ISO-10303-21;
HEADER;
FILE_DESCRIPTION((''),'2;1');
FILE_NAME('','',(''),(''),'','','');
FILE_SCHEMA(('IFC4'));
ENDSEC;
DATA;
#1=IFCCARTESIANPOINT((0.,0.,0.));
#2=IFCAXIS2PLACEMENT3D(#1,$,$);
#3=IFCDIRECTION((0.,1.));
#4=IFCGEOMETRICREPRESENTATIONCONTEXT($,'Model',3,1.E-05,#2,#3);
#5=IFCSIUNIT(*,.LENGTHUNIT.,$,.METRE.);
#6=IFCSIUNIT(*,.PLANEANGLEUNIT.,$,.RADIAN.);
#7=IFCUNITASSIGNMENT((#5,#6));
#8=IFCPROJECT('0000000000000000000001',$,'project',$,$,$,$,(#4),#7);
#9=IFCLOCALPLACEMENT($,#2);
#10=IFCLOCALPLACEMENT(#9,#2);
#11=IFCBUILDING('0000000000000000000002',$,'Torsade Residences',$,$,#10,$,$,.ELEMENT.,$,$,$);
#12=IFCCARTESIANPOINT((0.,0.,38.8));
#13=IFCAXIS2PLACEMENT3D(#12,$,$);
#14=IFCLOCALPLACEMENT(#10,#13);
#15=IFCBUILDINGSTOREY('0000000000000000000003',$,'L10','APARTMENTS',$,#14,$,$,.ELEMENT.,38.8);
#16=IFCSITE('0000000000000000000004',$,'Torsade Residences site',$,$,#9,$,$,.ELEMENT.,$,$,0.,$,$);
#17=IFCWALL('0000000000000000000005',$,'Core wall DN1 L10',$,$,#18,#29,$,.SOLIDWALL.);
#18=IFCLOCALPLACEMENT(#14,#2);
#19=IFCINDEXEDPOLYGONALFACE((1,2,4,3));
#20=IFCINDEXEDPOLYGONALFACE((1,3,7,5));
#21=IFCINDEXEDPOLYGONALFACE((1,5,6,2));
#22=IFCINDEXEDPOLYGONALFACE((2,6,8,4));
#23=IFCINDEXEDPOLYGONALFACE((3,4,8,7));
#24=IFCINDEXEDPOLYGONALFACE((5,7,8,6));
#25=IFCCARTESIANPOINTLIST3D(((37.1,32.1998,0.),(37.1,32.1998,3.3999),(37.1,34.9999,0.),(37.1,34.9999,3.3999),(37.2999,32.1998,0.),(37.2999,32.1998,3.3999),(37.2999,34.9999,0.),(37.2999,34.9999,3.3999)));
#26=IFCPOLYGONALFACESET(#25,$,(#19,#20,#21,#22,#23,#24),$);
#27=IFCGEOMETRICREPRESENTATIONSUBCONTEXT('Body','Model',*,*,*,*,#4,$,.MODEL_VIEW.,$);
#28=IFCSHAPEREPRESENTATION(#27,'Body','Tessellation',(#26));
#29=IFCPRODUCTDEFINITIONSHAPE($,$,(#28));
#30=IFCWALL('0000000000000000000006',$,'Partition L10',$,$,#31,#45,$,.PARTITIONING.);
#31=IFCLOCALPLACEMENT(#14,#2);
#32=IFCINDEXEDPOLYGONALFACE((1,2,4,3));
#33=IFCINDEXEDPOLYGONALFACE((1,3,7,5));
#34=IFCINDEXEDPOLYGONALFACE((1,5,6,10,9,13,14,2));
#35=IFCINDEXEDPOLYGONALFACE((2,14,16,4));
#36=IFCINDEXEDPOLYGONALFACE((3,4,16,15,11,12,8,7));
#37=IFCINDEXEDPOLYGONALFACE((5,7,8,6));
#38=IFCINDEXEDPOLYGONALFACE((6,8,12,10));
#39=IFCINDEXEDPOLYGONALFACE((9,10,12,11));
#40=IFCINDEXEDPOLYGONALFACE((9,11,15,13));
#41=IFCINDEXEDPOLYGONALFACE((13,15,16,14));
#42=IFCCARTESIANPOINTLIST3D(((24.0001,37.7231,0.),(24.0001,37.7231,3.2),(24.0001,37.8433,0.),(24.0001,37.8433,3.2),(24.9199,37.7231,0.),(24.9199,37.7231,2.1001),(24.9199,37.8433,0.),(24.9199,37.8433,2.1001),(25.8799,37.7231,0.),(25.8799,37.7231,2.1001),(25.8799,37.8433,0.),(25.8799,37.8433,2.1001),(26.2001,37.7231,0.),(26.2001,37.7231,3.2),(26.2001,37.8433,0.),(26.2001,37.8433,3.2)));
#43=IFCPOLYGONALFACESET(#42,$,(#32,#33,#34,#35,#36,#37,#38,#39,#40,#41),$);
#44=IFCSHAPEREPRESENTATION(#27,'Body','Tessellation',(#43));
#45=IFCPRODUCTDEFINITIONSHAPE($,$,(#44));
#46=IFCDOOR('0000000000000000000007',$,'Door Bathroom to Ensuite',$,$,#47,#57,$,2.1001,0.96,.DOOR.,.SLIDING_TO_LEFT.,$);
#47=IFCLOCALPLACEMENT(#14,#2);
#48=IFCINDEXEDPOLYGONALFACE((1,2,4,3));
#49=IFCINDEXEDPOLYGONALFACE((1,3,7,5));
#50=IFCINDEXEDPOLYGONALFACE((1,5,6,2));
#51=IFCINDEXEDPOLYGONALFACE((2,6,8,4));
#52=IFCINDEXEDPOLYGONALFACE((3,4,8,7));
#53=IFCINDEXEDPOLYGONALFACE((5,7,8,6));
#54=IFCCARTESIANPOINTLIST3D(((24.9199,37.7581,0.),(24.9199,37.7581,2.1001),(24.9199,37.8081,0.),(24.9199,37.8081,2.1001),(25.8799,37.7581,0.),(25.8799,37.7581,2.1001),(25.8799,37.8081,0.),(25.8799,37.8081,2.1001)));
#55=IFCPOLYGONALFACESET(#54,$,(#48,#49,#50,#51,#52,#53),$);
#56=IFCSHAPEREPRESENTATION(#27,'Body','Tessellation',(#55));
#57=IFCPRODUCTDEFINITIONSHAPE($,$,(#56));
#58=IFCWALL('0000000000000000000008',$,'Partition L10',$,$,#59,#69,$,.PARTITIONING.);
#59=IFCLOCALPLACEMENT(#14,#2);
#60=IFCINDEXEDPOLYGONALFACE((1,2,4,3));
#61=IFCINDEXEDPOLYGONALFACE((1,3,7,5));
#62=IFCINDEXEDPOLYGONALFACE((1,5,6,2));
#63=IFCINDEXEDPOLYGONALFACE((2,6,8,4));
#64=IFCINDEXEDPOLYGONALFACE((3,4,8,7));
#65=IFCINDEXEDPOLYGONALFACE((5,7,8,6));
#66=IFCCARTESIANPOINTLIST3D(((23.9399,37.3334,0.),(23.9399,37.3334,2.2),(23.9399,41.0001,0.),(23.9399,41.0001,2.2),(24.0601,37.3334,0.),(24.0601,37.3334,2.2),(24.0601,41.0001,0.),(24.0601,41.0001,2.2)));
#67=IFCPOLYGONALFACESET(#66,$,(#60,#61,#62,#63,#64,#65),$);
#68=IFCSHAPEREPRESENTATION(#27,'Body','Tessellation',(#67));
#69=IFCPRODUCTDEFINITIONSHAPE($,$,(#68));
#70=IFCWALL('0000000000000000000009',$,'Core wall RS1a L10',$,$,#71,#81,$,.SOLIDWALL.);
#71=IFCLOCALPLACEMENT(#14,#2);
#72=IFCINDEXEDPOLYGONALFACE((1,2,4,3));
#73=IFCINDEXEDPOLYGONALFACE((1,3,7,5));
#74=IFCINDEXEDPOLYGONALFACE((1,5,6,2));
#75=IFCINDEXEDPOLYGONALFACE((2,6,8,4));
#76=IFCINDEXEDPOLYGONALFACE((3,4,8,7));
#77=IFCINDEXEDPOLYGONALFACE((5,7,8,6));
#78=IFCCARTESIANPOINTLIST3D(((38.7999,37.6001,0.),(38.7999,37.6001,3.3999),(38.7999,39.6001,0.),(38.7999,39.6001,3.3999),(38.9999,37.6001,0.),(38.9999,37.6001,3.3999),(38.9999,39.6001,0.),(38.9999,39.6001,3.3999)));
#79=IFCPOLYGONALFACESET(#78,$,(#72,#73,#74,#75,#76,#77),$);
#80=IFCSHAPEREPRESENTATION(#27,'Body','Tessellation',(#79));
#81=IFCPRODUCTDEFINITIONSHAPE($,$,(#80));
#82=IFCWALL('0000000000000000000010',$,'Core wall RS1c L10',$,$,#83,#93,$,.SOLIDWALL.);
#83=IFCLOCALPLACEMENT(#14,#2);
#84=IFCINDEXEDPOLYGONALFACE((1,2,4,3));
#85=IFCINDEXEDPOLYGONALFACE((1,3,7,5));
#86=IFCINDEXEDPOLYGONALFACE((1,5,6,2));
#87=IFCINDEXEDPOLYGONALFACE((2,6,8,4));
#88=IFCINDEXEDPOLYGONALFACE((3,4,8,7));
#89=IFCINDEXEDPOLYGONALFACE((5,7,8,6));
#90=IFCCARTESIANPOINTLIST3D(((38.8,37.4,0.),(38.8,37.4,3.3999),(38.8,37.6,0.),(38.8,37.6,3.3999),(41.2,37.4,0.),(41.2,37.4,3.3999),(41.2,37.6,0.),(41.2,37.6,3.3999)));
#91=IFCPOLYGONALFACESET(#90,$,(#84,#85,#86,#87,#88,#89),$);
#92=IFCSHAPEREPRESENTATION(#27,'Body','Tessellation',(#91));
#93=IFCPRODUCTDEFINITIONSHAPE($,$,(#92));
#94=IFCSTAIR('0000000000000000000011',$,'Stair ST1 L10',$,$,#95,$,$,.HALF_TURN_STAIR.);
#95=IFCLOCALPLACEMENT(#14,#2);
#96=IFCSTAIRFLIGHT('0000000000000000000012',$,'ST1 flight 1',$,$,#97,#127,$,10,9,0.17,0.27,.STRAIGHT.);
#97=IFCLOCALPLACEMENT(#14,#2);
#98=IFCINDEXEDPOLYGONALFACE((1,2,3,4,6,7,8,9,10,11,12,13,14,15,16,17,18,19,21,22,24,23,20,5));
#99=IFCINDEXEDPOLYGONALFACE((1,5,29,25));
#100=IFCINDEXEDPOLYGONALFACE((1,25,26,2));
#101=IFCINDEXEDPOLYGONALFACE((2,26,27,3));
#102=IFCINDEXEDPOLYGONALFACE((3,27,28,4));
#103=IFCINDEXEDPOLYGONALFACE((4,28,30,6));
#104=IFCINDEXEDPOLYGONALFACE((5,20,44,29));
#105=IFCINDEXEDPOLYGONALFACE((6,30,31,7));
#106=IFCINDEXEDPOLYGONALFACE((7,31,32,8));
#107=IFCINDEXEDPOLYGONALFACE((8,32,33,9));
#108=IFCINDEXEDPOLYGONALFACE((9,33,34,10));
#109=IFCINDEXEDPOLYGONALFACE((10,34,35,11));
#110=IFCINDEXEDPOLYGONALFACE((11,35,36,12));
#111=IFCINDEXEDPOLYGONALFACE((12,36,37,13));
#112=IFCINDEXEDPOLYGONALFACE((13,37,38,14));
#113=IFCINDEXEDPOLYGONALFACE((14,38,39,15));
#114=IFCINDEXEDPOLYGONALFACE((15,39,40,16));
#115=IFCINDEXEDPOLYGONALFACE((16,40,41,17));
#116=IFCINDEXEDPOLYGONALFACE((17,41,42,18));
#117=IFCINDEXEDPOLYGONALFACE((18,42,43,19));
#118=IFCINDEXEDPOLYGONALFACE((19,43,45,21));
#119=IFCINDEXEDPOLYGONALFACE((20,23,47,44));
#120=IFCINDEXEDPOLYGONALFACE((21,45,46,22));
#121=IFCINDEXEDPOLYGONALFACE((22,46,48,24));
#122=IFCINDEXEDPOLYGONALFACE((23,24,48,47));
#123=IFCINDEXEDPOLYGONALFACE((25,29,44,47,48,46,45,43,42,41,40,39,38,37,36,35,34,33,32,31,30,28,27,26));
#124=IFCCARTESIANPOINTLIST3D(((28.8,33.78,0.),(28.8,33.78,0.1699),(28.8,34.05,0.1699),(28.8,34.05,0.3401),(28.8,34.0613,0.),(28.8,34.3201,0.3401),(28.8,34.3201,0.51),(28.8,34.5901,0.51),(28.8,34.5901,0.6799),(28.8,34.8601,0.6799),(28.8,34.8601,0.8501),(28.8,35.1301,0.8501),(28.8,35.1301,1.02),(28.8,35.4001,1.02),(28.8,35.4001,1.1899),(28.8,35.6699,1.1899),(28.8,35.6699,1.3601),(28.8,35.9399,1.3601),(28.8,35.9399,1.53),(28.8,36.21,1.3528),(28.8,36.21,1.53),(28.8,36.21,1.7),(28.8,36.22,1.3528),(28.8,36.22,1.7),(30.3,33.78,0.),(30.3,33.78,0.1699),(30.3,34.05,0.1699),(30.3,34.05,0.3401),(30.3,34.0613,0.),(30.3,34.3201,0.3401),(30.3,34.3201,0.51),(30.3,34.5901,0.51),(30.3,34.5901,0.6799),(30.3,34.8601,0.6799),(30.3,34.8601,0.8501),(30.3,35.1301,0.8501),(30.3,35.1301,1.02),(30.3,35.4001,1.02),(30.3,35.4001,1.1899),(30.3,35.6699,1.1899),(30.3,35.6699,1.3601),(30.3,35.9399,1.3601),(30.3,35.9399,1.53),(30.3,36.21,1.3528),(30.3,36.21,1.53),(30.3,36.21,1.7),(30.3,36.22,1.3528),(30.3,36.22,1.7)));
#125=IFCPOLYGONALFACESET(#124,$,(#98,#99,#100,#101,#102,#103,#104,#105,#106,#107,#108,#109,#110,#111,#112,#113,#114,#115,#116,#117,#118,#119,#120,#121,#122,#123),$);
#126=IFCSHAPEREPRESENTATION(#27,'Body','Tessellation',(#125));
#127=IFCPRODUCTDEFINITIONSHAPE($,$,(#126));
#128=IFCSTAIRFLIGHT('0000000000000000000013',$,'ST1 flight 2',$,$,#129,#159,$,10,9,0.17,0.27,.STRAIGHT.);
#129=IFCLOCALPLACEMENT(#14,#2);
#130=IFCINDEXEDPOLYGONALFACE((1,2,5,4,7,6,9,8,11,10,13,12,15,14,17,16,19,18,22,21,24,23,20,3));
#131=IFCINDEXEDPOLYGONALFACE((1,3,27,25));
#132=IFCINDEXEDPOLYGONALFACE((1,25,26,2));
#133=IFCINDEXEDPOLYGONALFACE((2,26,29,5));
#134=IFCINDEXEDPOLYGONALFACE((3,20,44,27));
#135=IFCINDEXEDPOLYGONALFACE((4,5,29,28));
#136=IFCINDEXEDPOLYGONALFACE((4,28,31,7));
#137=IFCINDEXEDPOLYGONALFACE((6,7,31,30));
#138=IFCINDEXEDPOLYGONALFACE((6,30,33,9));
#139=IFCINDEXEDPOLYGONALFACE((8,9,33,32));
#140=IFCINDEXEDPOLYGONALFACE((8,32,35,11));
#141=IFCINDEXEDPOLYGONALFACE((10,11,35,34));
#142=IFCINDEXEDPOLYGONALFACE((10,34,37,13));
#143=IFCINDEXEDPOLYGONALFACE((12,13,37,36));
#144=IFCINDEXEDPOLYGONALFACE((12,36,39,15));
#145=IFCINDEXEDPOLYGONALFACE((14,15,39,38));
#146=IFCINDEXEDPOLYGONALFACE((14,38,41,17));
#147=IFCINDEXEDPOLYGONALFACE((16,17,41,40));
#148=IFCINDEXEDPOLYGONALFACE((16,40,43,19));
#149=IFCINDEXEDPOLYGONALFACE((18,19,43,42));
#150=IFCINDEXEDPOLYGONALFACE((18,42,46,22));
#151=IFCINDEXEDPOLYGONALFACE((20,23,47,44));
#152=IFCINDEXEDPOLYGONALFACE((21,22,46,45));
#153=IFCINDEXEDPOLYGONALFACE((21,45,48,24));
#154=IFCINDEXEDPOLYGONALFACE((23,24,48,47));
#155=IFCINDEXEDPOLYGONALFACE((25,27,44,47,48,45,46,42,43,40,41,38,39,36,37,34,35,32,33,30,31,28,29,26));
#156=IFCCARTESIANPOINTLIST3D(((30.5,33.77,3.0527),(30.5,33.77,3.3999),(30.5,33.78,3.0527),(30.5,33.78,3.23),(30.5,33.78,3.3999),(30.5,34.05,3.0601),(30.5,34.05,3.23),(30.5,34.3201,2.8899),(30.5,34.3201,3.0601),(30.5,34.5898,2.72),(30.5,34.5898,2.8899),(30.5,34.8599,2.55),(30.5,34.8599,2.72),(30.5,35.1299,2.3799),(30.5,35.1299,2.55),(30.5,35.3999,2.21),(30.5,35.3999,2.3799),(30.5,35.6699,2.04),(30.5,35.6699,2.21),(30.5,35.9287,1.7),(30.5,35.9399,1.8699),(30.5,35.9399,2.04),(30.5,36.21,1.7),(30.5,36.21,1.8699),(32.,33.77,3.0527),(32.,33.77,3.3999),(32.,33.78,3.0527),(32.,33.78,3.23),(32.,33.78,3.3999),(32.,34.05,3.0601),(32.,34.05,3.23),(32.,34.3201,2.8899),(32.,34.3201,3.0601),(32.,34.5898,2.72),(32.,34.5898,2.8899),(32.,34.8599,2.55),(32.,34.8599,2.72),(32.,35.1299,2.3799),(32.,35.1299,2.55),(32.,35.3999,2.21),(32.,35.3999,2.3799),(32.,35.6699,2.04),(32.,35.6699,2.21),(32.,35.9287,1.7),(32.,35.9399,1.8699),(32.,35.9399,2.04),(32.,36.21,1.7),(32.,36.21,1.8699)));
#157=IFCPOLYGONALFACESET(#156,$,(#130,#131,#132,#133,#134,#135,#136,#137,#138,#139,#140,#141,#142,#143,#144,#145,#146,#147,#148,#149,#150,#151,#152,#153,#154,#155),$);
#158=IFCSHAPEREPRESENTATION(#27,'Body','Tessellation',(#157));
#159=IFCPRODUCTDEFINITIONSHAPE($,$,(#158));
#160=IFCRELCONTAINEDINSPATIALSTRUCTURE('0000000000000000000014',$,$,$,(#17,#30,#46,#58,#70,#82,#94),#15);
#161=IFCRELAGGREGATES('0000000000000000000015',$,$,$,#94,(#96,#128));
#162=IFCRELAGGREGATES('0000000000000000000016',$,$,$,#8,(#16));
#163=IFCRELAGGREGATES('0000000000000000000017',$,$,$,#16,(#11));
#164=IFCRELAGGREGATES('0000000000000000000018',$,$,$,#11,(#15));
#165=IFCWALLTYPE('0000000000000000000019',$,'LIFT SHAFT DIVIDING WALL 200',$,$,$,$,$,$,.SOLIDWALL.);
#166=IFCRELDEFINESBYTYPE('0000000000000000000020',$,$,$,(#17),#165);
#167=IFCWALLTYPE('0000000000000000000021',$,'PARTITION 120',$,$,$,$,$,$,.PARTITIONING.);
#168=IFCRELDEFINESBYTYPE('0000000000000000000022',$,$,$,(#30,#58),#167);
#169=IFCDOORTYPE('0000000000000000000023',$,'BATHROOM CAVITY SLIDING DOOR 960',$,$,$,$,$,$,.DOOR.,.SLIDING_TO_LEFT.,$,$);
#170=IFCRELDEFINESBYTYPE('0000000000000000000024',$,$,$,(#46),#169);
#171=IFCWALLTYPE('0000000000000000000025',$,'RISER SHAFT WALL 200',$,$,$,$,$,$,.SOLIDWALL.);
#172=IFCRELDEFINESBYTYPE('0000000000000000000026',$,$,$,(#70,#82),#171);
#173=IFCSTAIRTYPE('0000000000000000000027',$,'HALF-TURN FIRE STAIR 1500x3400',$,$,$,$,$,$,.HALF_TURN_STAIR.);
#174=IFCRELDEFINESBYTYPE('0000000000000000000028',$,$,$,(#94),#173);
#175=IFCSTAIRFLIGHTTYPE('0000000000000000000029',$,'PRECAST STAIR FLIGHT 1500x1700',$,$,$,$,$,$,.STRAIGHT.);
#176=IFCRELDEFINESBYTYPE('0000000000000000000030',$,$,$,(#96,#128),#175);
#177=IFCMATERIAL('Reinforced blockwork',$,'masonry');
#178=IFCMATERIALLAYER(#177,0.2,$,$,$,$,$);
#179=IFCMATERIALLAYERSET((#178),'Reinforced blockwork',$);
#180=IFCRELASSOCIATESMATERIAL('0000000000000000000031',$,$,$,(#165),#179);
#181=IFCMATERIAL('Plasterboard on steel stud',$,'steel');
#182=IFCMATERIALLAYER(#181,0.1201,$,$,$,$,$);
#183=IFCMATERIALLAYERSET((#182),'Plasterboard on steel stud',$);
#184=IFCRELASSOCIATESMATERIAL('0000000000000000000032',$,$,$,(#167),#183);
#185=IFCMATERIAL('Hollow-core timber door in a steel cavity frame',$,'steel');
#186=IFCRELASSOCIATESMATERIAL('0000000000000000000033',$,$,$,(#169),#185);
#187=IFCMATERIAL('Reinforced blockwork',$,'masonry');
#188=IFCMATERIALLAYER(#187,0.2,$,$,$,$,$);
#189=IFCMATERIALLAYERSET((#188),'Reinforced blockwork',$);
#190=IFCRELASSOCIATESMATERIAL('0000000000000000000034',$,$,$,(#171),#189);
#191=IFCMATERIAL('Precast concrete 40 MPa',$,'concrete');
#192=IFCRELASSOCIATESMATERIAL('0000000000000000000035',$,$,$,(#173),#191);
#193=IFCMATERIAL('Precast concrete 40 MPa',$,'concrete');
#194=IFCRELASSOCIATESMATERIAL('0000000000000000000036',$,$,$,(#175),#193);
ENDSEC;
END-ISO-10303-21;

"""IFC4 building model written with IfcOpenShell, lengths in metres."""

from ifc_helpers import new_model, si_unit, direction, frame, frame_2d, origin, place, context, subcontext, project, spatial, polyline, rectangle, outline, extrude, material, layer, layer_set, type_object, element, fill, aggregate, save


model = new_model("IFC4")

# Units and contexts
model_context = context("Model", 3, precision=1e-05, world=origin(), true_north=direction((0.0, 1.0)))
body_context = subcontext(model_context, "Body", "Model", "MODEL_VIEW")
ifc_project = project(units=[si_unit("LENGTHUNIT", "METRE"), si_unit("PLANEANGLEUNIT", "RADIAN")], contexts=[model_context])

# Site, building, storey
site_placement = place(None, origin())
site = spatial("IfcSite", under=ifc_project, at=site_placement, Name="Torsade Residences site", CompositionType="ELEMENT", RefElevation=0.0)
building_placement = place(site_placement, origin())
building = spatial("IfcBuilding", under=site, at=building_placement, Name="Torsade Residences", CompositionType="ELEMENT")
storey_placement = place(building_placement, frame((0.0, 0.0, 38.8)))
storey = spatial("IfcBuildingStorey", under=building, at=storey_placement, Name="L10", Description="APARTMENTS", CompositionType="ELEMENT", Elevation=38.8)

# Wall
ifc_material_1 = material(Name="Reinforced blockwork", Category="masonry")
ifc_layer_1 = layer(ifc_material_1, 0.2)
ifc_layer_set_1 = layer_set([ifc_layer_1], Name="Reinforced blockwork")
wall_type_1 = type_object("IfcWallType", Name="LIFT SHAFT DIVIDING WALL 200", PredefinedType="SOLIDWALL", material=ifc_layer_set_1)
wall_1_placement = place(storey_placement, frame((37.2, 32.2, 0.0), z_axis=(0.0, 0.0, 1.0), x_axis=(0.0, 1.0, 0.0)))
element("IfcWall", 1, at=wall_1_placement, inside=storey, type_object=wall_type_1, Name="Core wall DN1 L10", PredefinedType="SOLIDWALL", context=body_context, shape_type="SweptSolid", body=[
    extrude(rectangle(XDim=2.8, YDim=0.2, at=frame_2d((1.3999, 0.0))), origin(), (0.0, 0.0, 1.0), 3.3999),
])

# Wall, opening, door
ifc_material_2 = material(Name="Plasterboard on steel stud", Category="steel")
ifc_layer_2 = layer(ifc_material_2, 0.1201)
ifc_layer_set_2 = layer_set([ifc_layer_2], Name="Plasterboard on steel stud")
wall_type_2 = type_object("IfcWallType", Name="PARTITION 120", PredefinedType="PARTITIONING", material=ifc_layer_set_2)
wall_2_placement = place(storey_placement, frame((24.0, 37.7832, 0.0), z_axis=(0.0, 0.0, 1.0), x_axis=(1.0, 0.0, 0.0)))
wall_2 = element("IfcWall", 2, at=wall_2_placement, inside=storey, type_object=wall_type_2, Name="Partition L10", PredefinedType="PARTITIONING", context=body_context, shape_type="SweptSolid", body=[
    extrude(rectangle(XDim=2.2, YDim=0.1201, at=frame_2d((1.1001, 0.0))), origin(), (0.0, 0.0, 1.0), 3.2),
])
opening_1_placement = place(wall_2_placement, frame((0.9199, 0.0, 0.0)))
opening_1 = element("IfcOpeningElement", 3, at=opening_1_placement, cuts=wall_2, PredefinedType="OPENING", context=body_context, shape_type="SweptSolid", body=[
    extrude(rectangle(XDim=0.96, YDim=2.1001, at=frame_2d((0.48, 1.05))), frame((0.0, 0.0701, 0.0), z_axis=(0.0, -1.0, 0.0), x_axis=(1.0, 0.0, 0.0)), (0.0, 0.0, 1.0), 0.1401),
])
ifc_material_3 = material(Name="Hollow-core timber door in a steel cavity frame", Category="steel")
door_type_1 = type_object("IfcDoorType", Name="BATHROOM CAVITY SLIDING DOOR 960", OperationType="SLIDING_TO_LEFT", PredefinedType="DOOR", material=ifc_material_3)
door_1_placement = place(opening_1_placement, origin())
door_1 = element("IfcDoor", 4, at=door_1_placement, inside=storey, type_object=door_type_1, Name="Door Bathroom to Ensuite", OperationType="SLIDING_TO_LEFT", OverallHeight=2.1001, OverallWidth=0.96, PredefinedType="DOOR", context=body_context, shape_type="SweptSolid", body=[
    extrude(rectangle(XDim=0.96, YDim=2.1001, at=frame_2d((0.48, 1.05))), frame((0.0, 0.0249, 0.0), z_axis=(0.0, -1.0, 0.0), x_axis=(1.0, 0.0, 0.0)), (0.0, 0.0, 1.0), 0.05),
])
fill(opening_1, door_1)

# Walls
wall_3_placement = place(storey_placement, frame((24.0, 37.3333, 0.0), z_axis=(0.0, 0.0, 1.0), x_axis=(0.0, 1.0, 0.0)))
element("IfcWall", 5, at=wall_3_placement, inside=storey, type_object=wall_type_2, Name="Partition L10", PredefinedType="PARTITIONING", context=body_context, shape_type="SweptSolid", body=[
    extrude(rectangle(XDim=3.6667, YDim=0.1201, at=frame_2d((1.8335, 0.0))), origin(), (0.0, 0.0, 1.0), 2.2),
])
ifc_material_4 = material(Name="Reinforced blockwork", Category="masonry")
ifc_layer_3 = layer(ifc_material_4, 0.2)
ifc_layer_set_3 = layer_set([ifc_layer_3], Name="Reinforced blockwork")
wall_type_3 = type_object("IfcWallType", Name="RISER SHAFT WALL 200", PredefinedType="SOLIDWALL", material=ifc_layer_set_3)
wall_4_placement = place(storey_placement, frame((38.8999, 37.6001, 0.0), z_axis=(0.0, 0.0, 1.0), x_axis=(0.0, 1.0, 0.0)))
element("IfcWall", 6, at=wall_4_placement, inside=storey, type_object=wall_type_3, Name="Core wall RS1a L10", PredefinedType="SOLIDWALL", context=body_context, shape_type="SweptSolid", body=[
    extrude(rectangle(XDim=2.0, YDim=0.2, at=frame_2d((1.0, 0.0))), origin(), (0.0, 0.0, 1.0), 3.3999),
])
wall_5_placement = place(storey_placement, frame((38.8, 37.5, 0.0), z_axis=(0.0, 0.0, 1.0), x_axis=(1.0, 0.0, 0.0)))
element("IfcWall", 7, at=wall_5_placement, inside=storey, type_object=wall_type_3, Name="Core wall RS1c L10", PredefinedType="SOLIDWALL", context=body_context, shape_type="SweptSolid", body=[
    extrude(rectangle(XDim=2.3999, YDim=0.2, at=frame_2d((1.2, 0.0))), origin(), (0.0, 0.0, 1.0), 3.3999),
])

# Stair, stair flights
ifc_material_5 = material(Name="Precast concrete 40 MPa", Category="concrete")
stair_type = type_object("IfcStairType", Name="HALF-TURN FIRE STAIR 1500x3400", PredefinedType="HALF_TURN_STAIR", material=ifc_material_5)
stair_placement = place(storey_placement, origin())
stair = element("IfcStair", 8, at=stair_placement, inside=storey, type_object=stair_type, Name="Stair ST1 L10", PredefinedType="HALF_TURN_STAIR")
ifc_material_6 = material(Name="Precast concrete 40 MPa", Category="concrete")
stair_flight_type = type_object("IfcStairFlightType", Name="PRECAST STAIR FLIGHT 1500x1700", PredefinedType="STRAIGHT", material=ifc_material_6)
stair_flight_1_placement = place(storey_placement, frame((29.55, 33.78, 0.0), z_axis=(0.0, 0.0, 1.0), x_axis=(0.0, 1.0, 0.0)))
stair_flight_1 = element("IfcStairFlight", 9, at=stair_flight_1_placement, type_object=stair_flight_type, Name="ST1 flight 1", NumberOfRisers=10, NumberOfTreads=9, PredefinedType="STRAIGHT", RiserHeight=0.17, TreadLength=0.27, context=body_context, shape_type="SweptSolid", body=[
    extrude(outline(polyline([(0.0, 0.0), (0.0, 0.1699), (0.27, 0.1699), (0.27, 0.3401), (0.54, 0.3401), (0.54, 0.51), (0.8101, 0.51), (0.8101, 0.6799), (1.0801, 0.6799), (1.0801, 0.8501), (1.3501, 0.8501), (1.3501, 1.02), (1.6201, 1.02), (1.6201, 1.1899), (1.8899, 1.1899), (1.8899, 1.3601), (2.1599, 1.3601), (2.1599, 1.53), (2.4299, 1.53), (2.4299, 1.7), (2.4399, 1.7), (2.4399, 1.3528), (2.4299, 1.3528), (0.2812, 0.0), (0.0, 0.0)])), frame((0.0, 0.75, 0.0), z_axis=(0.0, -1.0, 0.0), x_axis=(1.0, 0.0, 0.0)), (0.0, 0.0, 1.0), 1.5),
])
stair_flight_2_placement = place(storey_placement, frame((31.25, 36.21, 1.7), z_axis=(0.0, 0.0, 1.0), x_axis=(0.0, -1.0, 0.0)))
stair_flight_2 = element("IfcStairFlight", 10, at=stair_flight_2_placement, type_object=stair_flight_type, Name="ST1 flight 2", NumberOfRisers=10, NumberOfTreads=9, PredefinedType="STRAIGHT", RiserHeight=0.17, TreadLength=0.27, context=body_context, shape_type="SweptSolid", body=[
    extrude(outline(polyline([(0.0, 0.0), (0.0, 0.1699), (0.27, 0.1699), (0.27, 0.3401), (0.54, 0.3401), (0.54, 0.51), (0.8101, 0.51), (0.8101, 0.6799), (1.0801, 0.6799), (1.0801, 0.8501), (1.3501, 0.8501), (1.3501, 1.02), (1.6201, 1.02), (1.6201, 1.1899), (1.8899, 1.1899), (1.8899, 1.3601), (2.1599, 1.3601), (2.1599, 1.53), (2.4299, 1.53), (2.4299, 1.7), (2.4399, 1.7), (2.4399, 1.3528), (2.4299, 1.3528), (0.2812, 0.0), (0.0, 0.0)])), frame((0.0, 0.75, 0.0), z_axis=(0.0, -1.0, 0.0), x_axis=(1.0, 0.0, 0.0)), (0.0, 0.0, 1.0), 1.5),
])
aggregate(stair, [stair_flight_1, stair_flight_2])

save(model, "model.ifc")
